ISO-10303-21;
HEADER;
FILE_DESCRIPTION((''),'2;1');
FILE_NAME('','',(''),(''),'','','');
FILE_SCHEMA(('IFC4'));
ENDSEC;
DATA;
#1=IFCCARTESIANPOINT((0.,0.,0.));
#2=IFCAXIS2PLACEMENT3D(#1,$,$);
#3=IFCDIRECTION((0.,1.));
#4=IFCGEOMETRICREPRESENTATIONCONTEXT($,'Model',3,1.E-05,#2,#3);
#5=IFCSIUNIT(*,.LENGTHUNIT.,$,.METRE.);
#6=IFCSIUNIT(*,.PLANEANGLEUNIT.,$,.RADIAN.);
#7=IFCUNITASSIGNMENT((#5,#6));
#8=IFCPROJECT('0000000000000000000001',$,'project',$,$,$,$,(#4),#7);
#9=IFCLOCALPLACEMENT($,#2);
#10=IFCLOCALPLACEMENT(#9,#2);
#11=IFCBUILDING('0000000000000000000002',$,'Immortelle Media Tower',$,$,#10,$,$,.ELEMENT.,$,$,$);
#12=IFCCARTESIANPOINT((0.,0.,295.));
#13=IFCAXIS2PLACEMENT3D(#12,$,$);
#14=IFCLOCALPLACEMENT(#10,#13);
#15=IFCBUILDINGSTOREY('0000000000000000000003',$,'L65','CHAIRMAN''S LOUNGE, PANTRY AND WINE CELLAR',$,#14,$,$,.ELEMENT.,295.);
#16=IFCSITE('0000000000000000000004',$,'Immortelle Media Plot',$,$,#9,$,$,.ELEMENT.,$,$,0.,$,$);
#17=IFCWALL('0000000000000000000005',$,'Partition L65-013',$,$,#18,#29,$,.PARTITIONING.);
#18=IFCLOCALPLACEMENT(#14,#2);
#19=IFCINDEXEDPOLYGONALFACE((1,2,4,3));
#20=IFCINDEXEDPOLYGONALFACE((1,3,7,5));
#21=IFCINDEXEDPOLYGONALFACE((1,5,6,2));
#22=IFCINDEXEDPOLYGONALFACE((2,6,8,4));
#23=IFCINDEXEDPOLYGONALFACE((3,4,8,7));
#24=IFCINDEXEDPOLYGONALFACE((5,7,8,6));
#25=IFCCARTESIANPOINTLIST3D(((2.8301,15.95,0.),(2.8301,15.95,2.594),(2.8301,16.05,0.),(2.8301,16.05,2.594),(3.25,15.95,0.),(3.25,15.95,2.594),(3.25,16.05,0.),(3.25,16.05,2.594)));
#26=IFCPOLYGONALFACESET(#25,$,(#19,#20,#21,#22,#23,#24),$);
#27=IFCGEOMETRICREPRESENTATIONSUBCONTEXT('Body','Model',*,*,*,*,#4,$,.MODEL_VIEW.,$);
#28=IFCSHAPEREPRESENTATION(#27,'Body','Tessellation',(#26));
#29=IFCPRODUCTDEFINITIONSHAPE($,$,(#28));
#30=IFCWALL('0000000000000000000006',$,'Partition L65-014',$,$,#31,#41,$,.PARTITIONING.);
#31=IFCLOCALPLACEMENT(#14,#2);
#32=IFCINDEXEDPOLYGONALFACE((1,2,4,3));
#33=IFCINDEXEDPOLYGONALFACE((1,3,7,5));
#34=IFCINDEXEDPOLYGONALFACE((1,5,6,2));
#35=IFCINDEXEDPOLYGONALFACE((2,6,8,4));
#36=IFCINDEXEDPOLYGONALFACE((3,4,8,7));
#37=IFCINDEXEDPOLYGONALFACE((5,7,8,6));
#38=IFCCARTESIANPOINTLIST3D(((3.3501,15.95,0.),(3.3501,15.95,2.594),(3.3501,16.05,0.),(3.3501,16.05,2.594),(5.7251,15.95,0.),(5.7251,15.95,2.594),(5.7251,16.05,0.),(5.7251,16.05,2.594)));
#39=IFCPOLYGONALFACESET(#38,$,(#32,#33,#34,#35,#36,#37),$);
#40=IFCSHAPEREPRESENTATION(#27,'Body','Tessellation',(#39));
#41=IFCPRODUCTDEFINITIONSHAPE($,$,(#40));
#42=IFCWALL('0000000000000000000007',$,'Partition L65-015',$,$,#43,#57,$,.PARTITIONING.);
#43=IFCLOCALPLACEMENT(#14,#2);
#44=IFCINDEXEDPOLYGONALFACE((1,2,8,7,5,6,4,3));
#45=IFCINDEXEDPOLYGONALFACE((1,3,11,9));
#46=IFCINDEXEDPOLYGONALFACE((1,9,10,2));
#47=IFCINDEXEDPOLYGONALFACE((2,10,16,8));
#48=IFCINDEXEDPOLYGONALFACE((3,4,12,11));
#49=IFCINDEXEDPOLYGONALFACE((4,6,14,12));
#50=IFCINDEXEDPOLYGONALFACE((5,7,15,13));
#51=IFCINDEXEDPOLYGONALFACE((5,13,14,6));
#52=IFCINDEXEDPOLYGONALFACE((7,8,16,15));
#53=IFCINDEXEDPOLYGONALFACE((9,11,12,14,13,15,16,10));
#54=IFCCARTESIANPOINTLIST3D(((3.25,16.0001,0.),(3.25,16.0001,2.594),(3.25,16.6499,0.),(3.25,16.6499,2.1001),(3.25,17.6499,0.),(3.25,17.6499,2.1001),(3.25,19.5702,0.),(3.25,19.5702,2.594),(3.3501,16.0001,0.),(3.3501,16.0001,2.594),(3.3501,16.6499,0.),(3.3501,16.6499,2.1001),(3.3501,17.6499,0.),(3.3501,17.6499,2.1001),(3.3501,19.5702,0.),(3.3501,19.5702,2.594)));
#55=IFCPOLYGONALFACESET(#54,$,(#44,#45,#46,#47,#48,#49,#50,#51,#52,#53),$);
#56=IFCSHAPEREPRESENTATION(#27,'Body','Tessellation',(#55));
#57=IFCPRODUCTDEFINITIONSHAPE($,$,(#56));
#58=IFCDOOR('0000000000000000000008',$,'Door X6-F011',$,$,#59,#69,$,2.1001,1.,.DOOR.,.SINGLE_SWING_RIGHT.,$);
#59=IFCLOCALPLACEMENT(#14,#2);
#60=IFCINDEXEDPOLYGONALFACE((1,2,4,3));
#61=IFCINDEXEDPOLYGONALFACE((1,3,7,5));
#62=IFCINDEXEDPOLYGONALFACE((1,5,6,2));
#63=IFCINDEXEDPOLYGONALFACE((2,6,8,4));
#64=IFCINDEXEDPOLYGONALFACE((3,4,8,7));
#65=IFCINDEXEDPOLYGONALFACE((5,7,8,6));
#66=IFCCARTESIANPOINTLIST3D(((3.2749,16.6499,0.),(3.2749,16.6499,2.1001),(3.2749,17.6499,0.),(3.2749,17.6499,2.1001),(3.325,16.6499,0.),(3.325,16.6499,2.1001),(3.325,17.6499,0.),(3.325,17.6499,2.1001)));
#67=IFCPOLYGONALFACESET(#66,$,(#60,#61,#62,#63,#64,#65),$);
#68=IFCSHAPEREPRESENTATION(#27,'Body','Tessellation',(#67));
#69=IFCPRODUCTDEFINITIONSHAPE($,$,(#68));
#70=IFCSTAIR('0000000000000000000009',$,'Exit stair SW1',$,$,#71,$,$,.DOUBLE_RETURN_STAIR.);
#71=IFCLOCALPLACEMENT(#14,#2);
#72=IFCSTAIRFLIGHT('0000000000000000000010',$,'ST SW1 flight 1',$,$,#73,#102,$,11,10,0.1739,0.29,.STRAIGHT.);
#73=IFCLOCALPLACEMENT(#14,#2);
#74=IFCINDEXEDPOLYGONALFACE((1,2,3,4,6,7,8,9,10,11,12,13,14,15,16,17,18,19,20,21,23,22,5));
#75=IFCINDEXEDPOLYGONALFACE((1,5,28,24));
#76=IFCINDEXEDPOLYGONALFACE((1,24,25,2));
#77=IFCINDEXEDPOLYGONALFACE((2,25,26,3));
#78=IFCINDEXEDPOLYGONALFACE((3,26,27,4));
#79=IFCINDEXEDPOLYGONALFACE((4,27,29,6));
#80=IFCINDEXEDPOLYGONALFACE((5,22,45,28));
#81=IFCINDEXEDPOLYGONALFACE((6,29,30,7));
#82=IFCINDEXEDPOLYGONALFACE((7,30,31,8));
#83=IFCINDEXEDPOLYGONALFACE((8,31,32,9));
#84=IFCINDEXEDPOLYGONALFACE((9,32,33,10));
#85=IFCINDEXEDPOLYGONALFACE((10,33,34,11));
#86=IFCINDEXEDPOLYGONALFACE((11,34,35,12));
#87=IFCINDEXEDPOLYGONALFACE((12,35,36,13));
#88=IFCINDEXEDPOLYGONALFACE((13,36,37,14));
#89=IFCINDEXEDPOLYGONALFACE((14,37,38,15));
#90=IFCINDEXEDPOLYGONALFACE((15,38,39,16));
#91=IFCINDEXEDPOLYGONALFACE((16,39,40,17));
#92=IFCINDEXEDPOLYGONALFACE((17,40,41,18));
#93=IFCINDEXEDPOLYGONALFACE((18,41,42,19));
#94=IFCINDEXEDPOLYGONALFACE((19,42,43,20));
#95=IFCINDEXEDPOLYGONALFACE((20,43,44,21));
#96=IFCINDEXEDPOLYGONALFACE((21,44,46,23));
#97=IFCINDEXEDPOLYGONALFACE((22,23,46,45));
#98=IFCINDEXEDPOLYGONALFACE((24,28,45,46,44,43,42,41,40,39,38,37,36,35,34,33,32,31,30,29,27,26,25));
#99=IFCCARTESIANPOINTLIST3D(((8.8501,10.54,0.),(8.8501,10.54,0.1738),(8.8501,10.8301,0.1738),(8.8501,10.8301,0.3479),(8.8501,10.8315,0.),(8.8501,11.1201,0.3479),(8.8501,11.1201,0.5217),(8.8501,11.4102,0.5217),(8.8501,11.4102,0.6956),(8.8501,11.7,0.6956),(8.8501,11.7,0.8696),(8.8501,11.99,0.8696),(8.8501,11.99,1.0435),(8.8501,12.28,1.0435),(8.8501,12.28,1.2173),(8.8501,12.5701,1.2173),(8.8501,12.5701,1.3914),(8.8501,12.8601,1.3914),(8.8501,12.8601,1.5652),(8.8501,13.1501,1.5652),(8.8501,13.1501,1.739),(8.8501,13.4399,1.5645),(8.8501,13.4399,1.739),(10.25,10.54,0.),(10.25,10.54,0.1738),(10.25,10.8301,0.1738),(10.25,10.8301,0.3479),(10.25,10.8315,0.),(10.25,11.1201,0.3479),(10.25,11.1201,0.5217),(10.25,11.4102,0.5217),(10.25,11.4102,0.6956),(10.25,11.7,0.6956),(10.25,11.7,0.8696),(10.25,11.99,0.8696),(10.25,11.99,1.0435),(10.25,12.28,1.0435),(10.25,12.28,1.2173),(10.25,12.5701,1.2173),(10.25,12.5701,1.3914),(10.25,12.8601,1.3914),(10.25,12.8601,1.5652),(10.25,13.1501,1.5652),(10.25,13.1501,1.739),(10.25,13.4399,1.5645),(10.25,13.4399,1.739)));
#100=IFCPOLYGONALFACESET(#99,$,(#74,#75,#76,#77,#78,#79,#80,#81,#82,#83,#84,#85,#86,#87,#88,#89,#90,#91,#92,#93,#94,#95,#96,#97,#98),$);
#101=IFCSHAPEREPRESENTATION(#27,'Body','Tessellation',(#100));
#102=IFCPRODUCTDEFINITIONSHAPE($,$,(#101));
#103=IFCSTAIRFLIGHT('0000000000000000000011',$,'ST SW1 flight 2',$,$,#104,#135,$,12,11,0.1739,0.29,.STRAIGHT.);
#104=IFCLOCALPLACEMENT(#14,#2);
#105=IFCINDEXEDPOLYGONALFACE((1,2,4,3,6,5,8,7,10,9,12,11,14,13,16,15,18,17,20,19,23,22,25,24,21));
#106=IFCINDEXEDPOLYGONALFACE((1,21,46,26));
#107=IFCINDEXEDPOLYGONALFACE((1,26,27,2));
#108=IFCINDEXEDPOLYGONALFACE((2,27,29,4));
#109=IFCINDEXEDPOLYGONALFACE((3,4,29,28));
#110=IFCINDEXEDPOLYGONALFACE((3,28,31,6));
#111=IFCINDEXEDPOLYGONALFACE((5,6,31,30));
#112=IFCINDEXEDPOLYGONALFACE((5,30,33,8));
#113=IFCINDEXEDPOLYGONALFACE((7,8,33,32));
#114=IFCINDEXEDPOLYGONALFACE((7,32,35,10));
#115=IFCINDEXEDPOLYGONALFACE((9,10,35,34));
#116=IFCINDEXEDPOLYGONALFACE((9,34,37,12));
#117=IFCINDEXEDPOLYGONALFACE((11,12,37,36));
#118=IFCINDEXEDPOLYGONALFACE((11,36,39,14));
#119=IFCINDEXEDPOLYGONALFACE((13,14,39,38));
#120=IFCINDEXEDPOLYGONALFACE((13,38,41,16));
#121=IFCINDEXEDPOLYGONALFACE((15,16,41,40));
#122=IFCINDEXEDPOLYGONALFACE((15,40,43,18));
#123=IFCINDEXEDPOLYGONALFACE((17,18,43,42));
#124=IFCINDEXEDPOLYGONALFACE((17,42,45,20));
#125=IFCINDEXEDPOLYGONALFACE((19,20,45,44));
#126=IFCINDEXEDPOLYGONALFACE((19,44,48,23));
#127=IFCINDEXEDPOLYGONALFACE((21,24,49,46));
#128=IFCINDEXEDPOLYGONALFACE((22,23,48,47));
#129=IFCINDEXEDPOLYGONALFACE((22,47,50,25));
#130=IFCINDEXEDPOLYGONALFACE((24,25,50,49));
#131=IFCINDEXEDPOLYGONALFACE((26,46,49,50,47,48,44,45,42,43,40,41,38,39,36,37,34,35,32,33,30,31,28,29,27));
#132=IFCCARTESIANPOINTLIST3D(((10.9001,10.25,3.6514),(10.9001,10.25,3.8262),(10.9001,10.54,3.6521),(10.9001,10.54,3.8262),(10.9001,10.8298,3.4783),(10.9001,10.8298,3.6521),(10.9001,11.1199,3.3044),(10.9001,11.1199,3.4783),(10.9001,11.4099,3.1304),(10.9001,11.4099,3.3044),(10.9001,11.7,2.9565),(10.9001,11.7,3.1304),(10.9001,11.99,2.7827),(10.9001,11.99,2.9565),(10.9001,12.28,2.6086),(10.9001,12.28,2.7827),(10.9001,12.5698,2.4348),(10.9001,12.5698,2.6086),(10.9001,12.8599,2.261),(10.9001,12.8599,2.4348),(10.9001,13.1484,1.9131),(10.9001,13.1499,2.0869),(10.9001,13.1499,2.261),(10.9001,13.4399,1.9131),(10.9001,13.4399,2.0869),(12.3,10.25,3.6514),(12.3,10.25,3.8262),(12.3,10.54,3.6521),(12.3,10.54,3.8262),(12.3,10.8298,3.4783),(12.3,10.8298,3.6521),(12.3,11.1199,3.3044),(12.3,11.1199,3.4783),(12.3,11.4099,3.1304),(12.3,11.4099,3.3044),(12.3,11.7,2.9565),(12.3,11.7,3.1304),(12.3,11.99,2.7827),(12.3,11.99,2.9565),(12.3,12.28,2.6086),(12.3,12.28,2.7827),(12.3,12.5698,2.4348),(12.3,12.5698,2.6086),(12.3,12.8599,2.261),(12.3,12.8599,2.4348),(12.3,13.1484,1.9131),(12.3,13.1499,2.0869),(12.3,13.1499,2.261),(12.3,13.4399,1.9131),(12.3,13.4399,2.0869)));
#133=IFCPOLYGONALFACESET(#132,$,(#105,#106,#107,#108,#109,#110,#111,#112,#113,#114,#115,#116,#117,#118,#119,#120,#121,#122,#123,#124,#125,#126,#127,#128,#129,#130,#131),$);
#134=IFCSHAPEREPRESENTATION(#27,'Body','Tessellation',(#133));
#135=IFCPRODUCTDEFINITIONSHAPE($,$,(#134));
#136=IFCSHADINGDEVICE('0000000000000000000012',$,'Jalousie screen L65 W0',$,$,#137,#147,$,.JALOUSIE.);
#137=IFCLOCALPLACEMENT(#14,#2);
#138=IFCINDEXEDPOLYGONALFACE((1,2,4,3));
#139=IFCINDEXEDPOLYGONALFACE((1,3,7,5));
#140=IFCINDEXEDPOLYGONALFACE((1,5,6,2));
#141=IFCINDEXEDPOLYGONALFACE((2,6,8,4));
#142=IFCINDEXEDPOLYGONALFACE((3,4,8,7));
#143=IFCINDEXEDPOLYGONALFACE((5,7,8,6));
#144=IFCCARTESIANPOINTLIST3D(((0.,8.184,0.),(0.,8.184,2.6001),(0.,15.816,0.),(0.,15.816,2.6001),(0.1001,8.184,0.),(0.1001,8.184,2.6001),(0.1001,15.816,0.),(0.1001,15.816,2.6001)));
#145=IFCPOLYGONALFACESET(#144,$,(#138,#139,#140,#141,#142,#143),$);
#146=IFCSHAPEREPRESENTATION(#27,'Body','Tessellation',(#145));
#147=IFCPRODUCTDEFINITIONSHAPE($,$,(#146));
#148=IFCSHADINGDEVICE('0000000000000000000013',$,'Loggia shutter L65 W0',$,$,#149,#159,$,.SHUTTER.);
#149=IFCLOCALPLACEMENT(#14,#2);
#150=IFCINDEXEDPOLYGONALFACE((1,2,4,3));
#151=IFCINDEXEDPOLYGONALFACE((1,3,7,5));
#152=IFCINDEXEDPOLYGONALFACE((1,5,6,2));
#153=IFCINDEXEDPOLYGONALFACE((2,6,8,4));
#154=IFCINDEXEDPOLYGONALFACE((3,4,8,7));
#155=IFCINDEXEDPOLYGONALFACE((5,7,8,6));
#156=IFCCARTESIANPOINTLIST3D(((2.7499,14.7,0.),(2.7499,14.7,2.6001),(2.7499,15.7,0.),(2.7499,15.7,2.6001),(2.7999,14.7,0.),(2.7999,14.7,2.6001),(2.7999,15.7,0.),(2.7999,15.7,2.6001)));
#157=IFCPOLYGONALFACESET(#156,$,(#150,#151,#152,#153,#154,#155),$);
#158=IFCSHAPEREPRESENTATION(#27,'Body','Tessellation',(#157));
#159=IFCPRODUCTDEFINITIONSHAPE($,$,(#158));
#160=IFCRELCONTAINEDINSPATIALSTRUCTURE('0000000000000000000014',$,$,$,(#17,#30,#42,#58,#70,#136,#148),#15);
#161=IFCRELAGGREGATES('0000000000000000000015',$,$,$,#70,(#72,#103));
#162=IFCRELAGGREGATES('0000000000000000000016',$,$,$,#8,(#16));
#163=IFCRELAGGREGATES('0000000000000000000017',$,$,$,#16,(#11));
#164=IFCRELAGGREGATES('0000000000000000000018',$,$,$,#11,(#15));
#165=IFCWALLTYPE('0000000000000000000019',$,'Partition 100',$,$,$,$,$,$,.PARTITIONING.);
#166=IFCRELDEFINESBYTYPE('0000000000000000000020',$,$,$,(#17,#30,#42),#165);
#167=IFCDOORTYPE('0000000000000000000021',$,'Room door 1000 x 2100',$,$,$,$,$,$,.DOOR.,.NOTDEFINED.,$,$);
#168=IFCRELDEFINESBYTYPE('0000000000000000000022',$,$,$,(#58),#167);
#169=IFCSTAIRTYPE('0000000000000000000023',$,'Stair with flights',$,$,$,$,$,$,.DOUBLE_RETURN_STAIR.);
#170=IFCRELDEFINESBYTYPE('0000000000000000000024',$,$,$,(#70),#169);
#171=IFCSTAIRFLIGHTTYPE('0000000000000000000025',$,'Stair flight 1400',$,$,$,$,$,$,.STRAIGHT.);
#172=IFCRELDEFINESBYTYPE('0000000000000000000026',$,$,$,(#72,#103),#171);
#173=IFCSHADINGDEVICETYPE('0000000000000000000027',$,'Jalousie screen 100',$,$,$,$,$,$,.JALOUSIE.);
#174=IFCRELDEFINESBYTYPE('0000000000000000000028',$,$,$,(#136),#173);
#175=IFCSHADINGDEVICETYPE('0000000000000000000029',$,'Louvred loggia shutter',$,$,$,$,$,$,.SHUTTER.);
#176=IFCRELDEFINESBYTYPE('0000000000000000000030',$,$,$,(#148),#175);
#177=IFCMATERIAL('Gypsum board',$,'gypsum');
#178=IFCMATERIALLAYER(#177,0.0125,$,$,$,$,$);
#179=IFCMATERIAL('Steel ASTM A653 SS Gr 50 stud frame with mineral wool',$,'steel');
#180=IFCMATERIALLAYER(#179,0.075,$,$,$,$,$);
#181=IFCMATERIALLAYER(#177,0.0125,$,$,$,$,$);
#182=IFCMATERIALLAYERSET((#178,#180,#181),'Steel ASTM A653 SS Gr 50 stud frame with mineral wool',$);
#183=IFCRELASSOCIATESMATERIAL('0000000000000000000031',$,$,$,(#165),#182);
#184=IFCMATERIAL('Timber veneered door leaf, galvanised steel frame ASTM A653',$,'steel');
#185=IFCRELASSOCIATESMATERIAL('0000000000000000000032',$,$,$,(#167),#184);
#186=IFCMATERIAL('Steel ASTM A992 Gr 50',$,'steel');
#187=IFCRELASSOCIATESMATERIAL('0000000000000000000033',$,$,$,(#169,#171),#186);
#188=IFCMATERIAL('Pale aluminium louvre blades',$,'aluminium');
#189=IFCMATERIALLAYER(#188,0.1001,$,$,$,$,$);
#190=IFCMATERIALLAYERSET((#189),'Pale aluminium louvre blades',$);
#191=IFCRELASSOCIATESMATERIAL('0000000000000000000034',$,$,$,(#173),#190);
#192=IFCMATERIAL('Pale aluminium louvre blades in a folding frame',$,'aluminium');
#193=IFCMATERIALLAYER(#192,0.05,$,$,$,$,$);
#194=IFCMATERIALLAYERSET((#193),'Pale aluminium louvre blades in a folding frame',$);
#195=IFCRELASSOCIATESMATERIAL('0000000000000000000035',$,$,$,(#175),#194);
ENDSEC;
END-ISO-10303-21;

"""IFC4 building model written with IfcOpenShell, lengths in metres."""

from ifc_helpers import new_model, si_unit, direction, frame, frame_2d, origin, origin_2d, place, context, subcontext, project, spatial, polyline, rectangle, outline, extrude, material, layer, layer_set, type_object, element, fill, aggregate, save


model = new_model("IFC4")

# Units and contexts
model_context = context("Model", 3, precision=1e-05, world=origin(), true_north=direction((0.0, 1.0)))
body_context = subcontext(model_context, "Body", "Model", "MODEL_VIEW")
ifc_project = project(units=[si_unit("LENGTHUNIT", "METRE"), si_unit("PLANEANGLEUNIT", "RADIAN")], contexts=[model_context])

# Site, building, storey
site_placement = place(None, origin())
site = spatial("IfcSite", under=ifc_project, at=site_placement, Name="Immortelle Media Plot", CompositionType="ELEMENT", RefElevation=0.0)
building_placement = place(site_placement, origin())
building = spatial("IfcBuilding", under=site, at=building_placement, Name="Immortelle Media Tower", CompositionType="ELEMENT")
storey_placement = place(building_placement, frame((0.0, 0.0, 295.0)))
storey = spatial("IfcBuildingStorey", under=building, at=storey_placement, Name="L65", Description="CHAIRMAN'S LOUNGE, PANTRY AND WINE CELLAR", CompositionType="ELEMENT", Elevation=295.0)

# Shared definitions
ifc_material_1 = material(Name="Steel ASTM A992 Gr 50", Category="steel")

# Shared definitions
ifc_material_2 = material(Name="Steel ASTM A653 SS Gr 50 stud frame with mineral wool", Category="steel")

# Walls
ifc_material_3 = material(Name="Gypsum board", Category="gypsum")
ifc_layer_1 = layer(ifc_material_3, 0.0125)
ifc_layer_2 = layer(ifc_material_2, 0.075)
ifc_layer_3 = layer(ifc_material_3, 0.0125)
ifc_layer_set_1 = layer_set([ifc_layer_1, ifc_layer_2, ifc_layer_3], Name="Steel ASTM A653 SS Gr 50 stud frame with mineral wool")
wall_type_1 = type_object("IfcWallType", Name="Partition 100", PredefinedType="PARTITIONING", material=ifc_layer_set_1)
wall_1_placement = place(storey_placement, frame((2.8301, 16.0, 0.0), z_axis=(0.0, 0.0, 1.0), x_axis=(1.0, 0.0, 0.0)))
element("IfcWall", 1, at=wall_1_placement, inside=storey, type_object=wall_type_1, Name="Partition L65-013", PredefinedType="PARTITIONING", context=body_context, shape_type="SweptSolid", body=[
    extrude(rectangle(XDim=0.4199, YDim=0.1001, at=frame_2d((0.21, 0.0))), origin(), (0.0, 0.0, 1.0), 2.594),
])
wall_2_placement = place(storey_placement, frame((3.3501, 16.0, 0.0), z_axis=(0.0, 0.0, 1.0), x_axis=(1.0, 0.0, 0.0)))
element("IfcWall", 2, at=wall_2_placement, inside=storey, type_object=wall_type_1, Name="Partition L65-014", PredefinedType="PARTITIONING", context=body_context, shape_type="SweptSolid", body=[
    extrude(rectangle(XDim=2.375, YDim=0.1001, at=frame_2d((1.1875, 0.0))), origin(), (0.0, 0.0, 1.0), 2.594),
])

# Wall, opening, door
wall_3_placement = place(storey_placement, frame((3.3, 16.0, 0.0), z_axis=(0.0, 0.0, 1.0), x_axis=(0.0, 1.0, 0.0)))
wall_3 = element("IfcWall", 3, at=wall_3_placement, inside=storey, type_object=wall_type_1, Name="Partition L65-015", PredefinedType="PARTITIONING", context=body_context, shape_type="SweptSolid", body=[
    extrude(rectangle(XDim=3.5701, YDim=0.1001, at=frame_2d((1.7852, 0.0))), origin(), (0.0, 0.0, 1.0), 2.594),
])
opening_1_placement = place(wall_3_placement, frame((1.6499, 0.0, 0.0), z_axis=(0.0, 0.0, 1.0), x_axis=(-1.0, 0.0, 0.0)))
opening_1 = element("IfcOpeningElement", 4, at=opening_1_placement, cuts=wall_3, PredefinedType="OPENING", context=body_context, shape_type="SweptSolid", body=[
    extrude(rectangle(XDim=1.0, YDim=2.1001, at=frame_2d((0.5, 1.05))), frame((0.0, 0.0601, 0.0), z_axis=(0.0, -1.0, 0.0), x_axis=(1.0, 0.0, 0.0)), (0.0, 0.0, 1.0), 0.1201),
])
ifc_material_4 = material(Name="Timber veneered door leaf, galvanised steel frame ASTM A653", Category="steel")
door_type_1 = type_object("IfcDoorType", Name="Room door 1000 x 2100", OperationType="NOTDEFINED", PredefinedType="DOOR", material=ifc_material_4)
door_1_placement = place(opening_1_placement, origin())
door_1 = element("IfcDoor", 5, at=door_1_placement, inside=storey, type_object=door_type_1, Name="Door X6-F011", OperationType="SINGLE_SWING_RIGHT", OverallHeight=2.1001, OverallWidth=1.0, PredefinedType="DOOR", context=body_context, shape_type="SweptSolid", body=[
    extrude(rectangle(XDim=1.0, YDim=2.1001, at=frame_2d((0.5, 1.05))), frame((0.0, 0.0249, 0.0), z_axis=(0.0, -1.0, 0.0), x_axis=(1.0, 0.0, 0.0)), (0.0, 0.0, 1.0), 0.05),
])
fill(opening_1, door_1)

# Stair, stair flights
stair_type = type_object("IfcStairType", Name="Stair with flights", PredefinedType="DOUBLE_RETURN_STAIR", material=ifc_material_1)
stair_placement = place(storey_placement, origin())
stair = element("IfcStair", 6, at=stair_placement, inside=storey, type_object=stair_type, Name="Exit stair SW1", PredefinedType="DOUBLE_RETURN_STAIR")
stair_flight_type = type_object("IfcStairFlightType", Name="Stair flight 1400", PredefinedType="STRAIGHT", material=ifc_material_1)
stair_flight_1_placement = place(storey_placement, frame((9.55, 10.54, 0.0), z_axis=(0.0, 0.0, 1.0), x_axis=(0.0, 1.0, 0.0)))
stair_flight_1 = element("IfcStairFlight", 7, at=stair_flight_1_placement, type_object=stair_flight_type, Name="ST SW1 flight 1", NumberOfRisers=11, NumberOfTreads=10, PredefinedType="STRAIGHT", RiserHeight=0.1739, TreadLength=0.29, context=body_context, shape_type="SweptSolid", body=[
    extrude(outline(polyline([(0.0, 0.0), (0.0, 0.1738), (0.29, 0.1738), (0.29, 0.3479), (0.5801, 0.3479), (0.5801, 0.5217), (0.8701, 0.5217), (0.8701, 0.6956), (1.1599, 0.6956), (1.1599, 0.8696), (1.45, 0.8696), (1.45, 1.0435), (1.74, 1.0435), (1.74, 1.2173), (2.03, 1.2173), (2.03, 1.3914), (2.3201, 1.3914), (2.3201, 1.5652), (2.6101, 1.5652), (2.6101, 1.739), (2.8999, 1.739), (2.8999, 1.9131), (2.8999, 1.5645), (0.2915, 0.0), (0.0, 0.0)])), frame((0.0, 0.7, 0.0), z_axis=(0.0, -1.0, 0.0), x_axis=(1.0, 0.0, 0.0)), (0.0, 0.0, 1.0), 1.3999),
])
stair_flight_2_placement = place(storey_placement, frame((11.6001, 13.4399, 1.9131), z_axis=(0.0, 0.0, 1.0), x_axis=(0.0, -1.0, 0.0)))
stair_flight_2 = element("IfcStairFlight", 8, at=stair_flight_2_placement, type_object=stair_flight_type, Name="ST SW1 flight 2", NumberOfRisers=12, NumberOfTreads=11, PredefinedType="STRAIGHT", RiserHeight=0.1739, TreadLength=0.29, context=body_context, shape_type="SweptSolid", body=[
    extrude(outline(polyline([(0.0, 0.0), (0.0, 0.1738), (0.29, 0.1738), (0.29, 0.3479), (0.5801, 0.3479), (0.5801, 0.5217), (0.8701, 0.5217), (0.8701, 0.6956), (1.1599, 0.6956), (1.1599, 0.8696), (1.45, 0.8696), (1.45, 1.0435), (1.74, 1.0435), (1.74, 1.2173), (2.03, 1.2173), (2.03, 1.3914), (2.3201, 1.3914), (2.3201, 1.5652), (2.6101, 1.5652), (2.6101, 1.739), (2.8999, 1.739), (2.8999, 1.9131), (3.1899, 1.9131), (3.1899, 2.0869), (3.1899, 1.7383), (0.2915, 0.0), (0.0, 0.0)])), frame((0.0, 0.7, 0.0), z_axis=(0.0, -1.0, 0.0), x_axis=(1.0, 0.0, 0.0)), (0.0, 0.0, 1.0), 1.3999),
])
aggregate(stair, [stair_flight_1, stair_flight_2])

# Shading devices
ifc_material_5 = material(Name="Pale aluminium louvre blades", Category="aluminium")
ifc_layer_4 = layer(ifc_material_5, 0.1001)
ifc_layer_set_2 = layer_set([ifc_layer_4], Name="Pale aluminium louvre blades")
shading_device_type_1 = type_object("IfcShadingDeviceType", Name="Jalousie screen 100", PredefinedType="JALOUSIE", material=ifc_layer_set_2)
shading_device_1_placement = place(storey_placement, frame((0.05, 12.0, 0.0), z_axis=(0.0, 0.0, 1.0), x_axis=(0.0, -1.0, 0.0)))
element("IfcShadingDevice", 9, at=shading_device_1_placement, inside=storey, type_object=shading_device_type_1, Name="Jalousie screen L65 W0", PredefinedType="JALOUSIE", context=body_context, shape_type="SweptSolid", body=[
    extrude(rectangle(XDim=7.6321, YDim=0.1001, at=origin_2d()), origin(), (0.0, 0.0, 1.0), 2.6001),
])
ifc_material_6 = material(Name="Pale aluminium louvre blades in a folding frame", Category="aluminium")
ifc_layer_5 = layer(ifc_material_6, 0.05)
ifc_layer_set_3 = layer_set([ifc_layer_5], Name="Pale aluminium louvre blades in a folding frame")
shading_device_type_2 = type_object("IfcShadingDeviceType", Name="Louvred loggia shutter", PredefinedType="SHUTTER", material=ifc_layer_set_3)
shading_device_2_placement = place(storey_placement, frame((2.7749, 15.2, 0.0), z_axis=(0.0, 0.0, 1.0), x_axis=(0.0, -1.0, 0.0)))
element("IfcShadingDevice", 10, at=shading_device_2_placement, inside=storey, type_object=shading_device_type_2, Name="Loggia shutter L65 W0", PredefinedType="SHUTTER", context=body_context, shape_type="SweptSolid", body=[
    extrude(rectangle(XDim=1.0, YDim=0.05, at=origin_2d()), origin(), (0.0, 0.0, 1.0), 2.6001),
])

save(model, "model.ifc")
